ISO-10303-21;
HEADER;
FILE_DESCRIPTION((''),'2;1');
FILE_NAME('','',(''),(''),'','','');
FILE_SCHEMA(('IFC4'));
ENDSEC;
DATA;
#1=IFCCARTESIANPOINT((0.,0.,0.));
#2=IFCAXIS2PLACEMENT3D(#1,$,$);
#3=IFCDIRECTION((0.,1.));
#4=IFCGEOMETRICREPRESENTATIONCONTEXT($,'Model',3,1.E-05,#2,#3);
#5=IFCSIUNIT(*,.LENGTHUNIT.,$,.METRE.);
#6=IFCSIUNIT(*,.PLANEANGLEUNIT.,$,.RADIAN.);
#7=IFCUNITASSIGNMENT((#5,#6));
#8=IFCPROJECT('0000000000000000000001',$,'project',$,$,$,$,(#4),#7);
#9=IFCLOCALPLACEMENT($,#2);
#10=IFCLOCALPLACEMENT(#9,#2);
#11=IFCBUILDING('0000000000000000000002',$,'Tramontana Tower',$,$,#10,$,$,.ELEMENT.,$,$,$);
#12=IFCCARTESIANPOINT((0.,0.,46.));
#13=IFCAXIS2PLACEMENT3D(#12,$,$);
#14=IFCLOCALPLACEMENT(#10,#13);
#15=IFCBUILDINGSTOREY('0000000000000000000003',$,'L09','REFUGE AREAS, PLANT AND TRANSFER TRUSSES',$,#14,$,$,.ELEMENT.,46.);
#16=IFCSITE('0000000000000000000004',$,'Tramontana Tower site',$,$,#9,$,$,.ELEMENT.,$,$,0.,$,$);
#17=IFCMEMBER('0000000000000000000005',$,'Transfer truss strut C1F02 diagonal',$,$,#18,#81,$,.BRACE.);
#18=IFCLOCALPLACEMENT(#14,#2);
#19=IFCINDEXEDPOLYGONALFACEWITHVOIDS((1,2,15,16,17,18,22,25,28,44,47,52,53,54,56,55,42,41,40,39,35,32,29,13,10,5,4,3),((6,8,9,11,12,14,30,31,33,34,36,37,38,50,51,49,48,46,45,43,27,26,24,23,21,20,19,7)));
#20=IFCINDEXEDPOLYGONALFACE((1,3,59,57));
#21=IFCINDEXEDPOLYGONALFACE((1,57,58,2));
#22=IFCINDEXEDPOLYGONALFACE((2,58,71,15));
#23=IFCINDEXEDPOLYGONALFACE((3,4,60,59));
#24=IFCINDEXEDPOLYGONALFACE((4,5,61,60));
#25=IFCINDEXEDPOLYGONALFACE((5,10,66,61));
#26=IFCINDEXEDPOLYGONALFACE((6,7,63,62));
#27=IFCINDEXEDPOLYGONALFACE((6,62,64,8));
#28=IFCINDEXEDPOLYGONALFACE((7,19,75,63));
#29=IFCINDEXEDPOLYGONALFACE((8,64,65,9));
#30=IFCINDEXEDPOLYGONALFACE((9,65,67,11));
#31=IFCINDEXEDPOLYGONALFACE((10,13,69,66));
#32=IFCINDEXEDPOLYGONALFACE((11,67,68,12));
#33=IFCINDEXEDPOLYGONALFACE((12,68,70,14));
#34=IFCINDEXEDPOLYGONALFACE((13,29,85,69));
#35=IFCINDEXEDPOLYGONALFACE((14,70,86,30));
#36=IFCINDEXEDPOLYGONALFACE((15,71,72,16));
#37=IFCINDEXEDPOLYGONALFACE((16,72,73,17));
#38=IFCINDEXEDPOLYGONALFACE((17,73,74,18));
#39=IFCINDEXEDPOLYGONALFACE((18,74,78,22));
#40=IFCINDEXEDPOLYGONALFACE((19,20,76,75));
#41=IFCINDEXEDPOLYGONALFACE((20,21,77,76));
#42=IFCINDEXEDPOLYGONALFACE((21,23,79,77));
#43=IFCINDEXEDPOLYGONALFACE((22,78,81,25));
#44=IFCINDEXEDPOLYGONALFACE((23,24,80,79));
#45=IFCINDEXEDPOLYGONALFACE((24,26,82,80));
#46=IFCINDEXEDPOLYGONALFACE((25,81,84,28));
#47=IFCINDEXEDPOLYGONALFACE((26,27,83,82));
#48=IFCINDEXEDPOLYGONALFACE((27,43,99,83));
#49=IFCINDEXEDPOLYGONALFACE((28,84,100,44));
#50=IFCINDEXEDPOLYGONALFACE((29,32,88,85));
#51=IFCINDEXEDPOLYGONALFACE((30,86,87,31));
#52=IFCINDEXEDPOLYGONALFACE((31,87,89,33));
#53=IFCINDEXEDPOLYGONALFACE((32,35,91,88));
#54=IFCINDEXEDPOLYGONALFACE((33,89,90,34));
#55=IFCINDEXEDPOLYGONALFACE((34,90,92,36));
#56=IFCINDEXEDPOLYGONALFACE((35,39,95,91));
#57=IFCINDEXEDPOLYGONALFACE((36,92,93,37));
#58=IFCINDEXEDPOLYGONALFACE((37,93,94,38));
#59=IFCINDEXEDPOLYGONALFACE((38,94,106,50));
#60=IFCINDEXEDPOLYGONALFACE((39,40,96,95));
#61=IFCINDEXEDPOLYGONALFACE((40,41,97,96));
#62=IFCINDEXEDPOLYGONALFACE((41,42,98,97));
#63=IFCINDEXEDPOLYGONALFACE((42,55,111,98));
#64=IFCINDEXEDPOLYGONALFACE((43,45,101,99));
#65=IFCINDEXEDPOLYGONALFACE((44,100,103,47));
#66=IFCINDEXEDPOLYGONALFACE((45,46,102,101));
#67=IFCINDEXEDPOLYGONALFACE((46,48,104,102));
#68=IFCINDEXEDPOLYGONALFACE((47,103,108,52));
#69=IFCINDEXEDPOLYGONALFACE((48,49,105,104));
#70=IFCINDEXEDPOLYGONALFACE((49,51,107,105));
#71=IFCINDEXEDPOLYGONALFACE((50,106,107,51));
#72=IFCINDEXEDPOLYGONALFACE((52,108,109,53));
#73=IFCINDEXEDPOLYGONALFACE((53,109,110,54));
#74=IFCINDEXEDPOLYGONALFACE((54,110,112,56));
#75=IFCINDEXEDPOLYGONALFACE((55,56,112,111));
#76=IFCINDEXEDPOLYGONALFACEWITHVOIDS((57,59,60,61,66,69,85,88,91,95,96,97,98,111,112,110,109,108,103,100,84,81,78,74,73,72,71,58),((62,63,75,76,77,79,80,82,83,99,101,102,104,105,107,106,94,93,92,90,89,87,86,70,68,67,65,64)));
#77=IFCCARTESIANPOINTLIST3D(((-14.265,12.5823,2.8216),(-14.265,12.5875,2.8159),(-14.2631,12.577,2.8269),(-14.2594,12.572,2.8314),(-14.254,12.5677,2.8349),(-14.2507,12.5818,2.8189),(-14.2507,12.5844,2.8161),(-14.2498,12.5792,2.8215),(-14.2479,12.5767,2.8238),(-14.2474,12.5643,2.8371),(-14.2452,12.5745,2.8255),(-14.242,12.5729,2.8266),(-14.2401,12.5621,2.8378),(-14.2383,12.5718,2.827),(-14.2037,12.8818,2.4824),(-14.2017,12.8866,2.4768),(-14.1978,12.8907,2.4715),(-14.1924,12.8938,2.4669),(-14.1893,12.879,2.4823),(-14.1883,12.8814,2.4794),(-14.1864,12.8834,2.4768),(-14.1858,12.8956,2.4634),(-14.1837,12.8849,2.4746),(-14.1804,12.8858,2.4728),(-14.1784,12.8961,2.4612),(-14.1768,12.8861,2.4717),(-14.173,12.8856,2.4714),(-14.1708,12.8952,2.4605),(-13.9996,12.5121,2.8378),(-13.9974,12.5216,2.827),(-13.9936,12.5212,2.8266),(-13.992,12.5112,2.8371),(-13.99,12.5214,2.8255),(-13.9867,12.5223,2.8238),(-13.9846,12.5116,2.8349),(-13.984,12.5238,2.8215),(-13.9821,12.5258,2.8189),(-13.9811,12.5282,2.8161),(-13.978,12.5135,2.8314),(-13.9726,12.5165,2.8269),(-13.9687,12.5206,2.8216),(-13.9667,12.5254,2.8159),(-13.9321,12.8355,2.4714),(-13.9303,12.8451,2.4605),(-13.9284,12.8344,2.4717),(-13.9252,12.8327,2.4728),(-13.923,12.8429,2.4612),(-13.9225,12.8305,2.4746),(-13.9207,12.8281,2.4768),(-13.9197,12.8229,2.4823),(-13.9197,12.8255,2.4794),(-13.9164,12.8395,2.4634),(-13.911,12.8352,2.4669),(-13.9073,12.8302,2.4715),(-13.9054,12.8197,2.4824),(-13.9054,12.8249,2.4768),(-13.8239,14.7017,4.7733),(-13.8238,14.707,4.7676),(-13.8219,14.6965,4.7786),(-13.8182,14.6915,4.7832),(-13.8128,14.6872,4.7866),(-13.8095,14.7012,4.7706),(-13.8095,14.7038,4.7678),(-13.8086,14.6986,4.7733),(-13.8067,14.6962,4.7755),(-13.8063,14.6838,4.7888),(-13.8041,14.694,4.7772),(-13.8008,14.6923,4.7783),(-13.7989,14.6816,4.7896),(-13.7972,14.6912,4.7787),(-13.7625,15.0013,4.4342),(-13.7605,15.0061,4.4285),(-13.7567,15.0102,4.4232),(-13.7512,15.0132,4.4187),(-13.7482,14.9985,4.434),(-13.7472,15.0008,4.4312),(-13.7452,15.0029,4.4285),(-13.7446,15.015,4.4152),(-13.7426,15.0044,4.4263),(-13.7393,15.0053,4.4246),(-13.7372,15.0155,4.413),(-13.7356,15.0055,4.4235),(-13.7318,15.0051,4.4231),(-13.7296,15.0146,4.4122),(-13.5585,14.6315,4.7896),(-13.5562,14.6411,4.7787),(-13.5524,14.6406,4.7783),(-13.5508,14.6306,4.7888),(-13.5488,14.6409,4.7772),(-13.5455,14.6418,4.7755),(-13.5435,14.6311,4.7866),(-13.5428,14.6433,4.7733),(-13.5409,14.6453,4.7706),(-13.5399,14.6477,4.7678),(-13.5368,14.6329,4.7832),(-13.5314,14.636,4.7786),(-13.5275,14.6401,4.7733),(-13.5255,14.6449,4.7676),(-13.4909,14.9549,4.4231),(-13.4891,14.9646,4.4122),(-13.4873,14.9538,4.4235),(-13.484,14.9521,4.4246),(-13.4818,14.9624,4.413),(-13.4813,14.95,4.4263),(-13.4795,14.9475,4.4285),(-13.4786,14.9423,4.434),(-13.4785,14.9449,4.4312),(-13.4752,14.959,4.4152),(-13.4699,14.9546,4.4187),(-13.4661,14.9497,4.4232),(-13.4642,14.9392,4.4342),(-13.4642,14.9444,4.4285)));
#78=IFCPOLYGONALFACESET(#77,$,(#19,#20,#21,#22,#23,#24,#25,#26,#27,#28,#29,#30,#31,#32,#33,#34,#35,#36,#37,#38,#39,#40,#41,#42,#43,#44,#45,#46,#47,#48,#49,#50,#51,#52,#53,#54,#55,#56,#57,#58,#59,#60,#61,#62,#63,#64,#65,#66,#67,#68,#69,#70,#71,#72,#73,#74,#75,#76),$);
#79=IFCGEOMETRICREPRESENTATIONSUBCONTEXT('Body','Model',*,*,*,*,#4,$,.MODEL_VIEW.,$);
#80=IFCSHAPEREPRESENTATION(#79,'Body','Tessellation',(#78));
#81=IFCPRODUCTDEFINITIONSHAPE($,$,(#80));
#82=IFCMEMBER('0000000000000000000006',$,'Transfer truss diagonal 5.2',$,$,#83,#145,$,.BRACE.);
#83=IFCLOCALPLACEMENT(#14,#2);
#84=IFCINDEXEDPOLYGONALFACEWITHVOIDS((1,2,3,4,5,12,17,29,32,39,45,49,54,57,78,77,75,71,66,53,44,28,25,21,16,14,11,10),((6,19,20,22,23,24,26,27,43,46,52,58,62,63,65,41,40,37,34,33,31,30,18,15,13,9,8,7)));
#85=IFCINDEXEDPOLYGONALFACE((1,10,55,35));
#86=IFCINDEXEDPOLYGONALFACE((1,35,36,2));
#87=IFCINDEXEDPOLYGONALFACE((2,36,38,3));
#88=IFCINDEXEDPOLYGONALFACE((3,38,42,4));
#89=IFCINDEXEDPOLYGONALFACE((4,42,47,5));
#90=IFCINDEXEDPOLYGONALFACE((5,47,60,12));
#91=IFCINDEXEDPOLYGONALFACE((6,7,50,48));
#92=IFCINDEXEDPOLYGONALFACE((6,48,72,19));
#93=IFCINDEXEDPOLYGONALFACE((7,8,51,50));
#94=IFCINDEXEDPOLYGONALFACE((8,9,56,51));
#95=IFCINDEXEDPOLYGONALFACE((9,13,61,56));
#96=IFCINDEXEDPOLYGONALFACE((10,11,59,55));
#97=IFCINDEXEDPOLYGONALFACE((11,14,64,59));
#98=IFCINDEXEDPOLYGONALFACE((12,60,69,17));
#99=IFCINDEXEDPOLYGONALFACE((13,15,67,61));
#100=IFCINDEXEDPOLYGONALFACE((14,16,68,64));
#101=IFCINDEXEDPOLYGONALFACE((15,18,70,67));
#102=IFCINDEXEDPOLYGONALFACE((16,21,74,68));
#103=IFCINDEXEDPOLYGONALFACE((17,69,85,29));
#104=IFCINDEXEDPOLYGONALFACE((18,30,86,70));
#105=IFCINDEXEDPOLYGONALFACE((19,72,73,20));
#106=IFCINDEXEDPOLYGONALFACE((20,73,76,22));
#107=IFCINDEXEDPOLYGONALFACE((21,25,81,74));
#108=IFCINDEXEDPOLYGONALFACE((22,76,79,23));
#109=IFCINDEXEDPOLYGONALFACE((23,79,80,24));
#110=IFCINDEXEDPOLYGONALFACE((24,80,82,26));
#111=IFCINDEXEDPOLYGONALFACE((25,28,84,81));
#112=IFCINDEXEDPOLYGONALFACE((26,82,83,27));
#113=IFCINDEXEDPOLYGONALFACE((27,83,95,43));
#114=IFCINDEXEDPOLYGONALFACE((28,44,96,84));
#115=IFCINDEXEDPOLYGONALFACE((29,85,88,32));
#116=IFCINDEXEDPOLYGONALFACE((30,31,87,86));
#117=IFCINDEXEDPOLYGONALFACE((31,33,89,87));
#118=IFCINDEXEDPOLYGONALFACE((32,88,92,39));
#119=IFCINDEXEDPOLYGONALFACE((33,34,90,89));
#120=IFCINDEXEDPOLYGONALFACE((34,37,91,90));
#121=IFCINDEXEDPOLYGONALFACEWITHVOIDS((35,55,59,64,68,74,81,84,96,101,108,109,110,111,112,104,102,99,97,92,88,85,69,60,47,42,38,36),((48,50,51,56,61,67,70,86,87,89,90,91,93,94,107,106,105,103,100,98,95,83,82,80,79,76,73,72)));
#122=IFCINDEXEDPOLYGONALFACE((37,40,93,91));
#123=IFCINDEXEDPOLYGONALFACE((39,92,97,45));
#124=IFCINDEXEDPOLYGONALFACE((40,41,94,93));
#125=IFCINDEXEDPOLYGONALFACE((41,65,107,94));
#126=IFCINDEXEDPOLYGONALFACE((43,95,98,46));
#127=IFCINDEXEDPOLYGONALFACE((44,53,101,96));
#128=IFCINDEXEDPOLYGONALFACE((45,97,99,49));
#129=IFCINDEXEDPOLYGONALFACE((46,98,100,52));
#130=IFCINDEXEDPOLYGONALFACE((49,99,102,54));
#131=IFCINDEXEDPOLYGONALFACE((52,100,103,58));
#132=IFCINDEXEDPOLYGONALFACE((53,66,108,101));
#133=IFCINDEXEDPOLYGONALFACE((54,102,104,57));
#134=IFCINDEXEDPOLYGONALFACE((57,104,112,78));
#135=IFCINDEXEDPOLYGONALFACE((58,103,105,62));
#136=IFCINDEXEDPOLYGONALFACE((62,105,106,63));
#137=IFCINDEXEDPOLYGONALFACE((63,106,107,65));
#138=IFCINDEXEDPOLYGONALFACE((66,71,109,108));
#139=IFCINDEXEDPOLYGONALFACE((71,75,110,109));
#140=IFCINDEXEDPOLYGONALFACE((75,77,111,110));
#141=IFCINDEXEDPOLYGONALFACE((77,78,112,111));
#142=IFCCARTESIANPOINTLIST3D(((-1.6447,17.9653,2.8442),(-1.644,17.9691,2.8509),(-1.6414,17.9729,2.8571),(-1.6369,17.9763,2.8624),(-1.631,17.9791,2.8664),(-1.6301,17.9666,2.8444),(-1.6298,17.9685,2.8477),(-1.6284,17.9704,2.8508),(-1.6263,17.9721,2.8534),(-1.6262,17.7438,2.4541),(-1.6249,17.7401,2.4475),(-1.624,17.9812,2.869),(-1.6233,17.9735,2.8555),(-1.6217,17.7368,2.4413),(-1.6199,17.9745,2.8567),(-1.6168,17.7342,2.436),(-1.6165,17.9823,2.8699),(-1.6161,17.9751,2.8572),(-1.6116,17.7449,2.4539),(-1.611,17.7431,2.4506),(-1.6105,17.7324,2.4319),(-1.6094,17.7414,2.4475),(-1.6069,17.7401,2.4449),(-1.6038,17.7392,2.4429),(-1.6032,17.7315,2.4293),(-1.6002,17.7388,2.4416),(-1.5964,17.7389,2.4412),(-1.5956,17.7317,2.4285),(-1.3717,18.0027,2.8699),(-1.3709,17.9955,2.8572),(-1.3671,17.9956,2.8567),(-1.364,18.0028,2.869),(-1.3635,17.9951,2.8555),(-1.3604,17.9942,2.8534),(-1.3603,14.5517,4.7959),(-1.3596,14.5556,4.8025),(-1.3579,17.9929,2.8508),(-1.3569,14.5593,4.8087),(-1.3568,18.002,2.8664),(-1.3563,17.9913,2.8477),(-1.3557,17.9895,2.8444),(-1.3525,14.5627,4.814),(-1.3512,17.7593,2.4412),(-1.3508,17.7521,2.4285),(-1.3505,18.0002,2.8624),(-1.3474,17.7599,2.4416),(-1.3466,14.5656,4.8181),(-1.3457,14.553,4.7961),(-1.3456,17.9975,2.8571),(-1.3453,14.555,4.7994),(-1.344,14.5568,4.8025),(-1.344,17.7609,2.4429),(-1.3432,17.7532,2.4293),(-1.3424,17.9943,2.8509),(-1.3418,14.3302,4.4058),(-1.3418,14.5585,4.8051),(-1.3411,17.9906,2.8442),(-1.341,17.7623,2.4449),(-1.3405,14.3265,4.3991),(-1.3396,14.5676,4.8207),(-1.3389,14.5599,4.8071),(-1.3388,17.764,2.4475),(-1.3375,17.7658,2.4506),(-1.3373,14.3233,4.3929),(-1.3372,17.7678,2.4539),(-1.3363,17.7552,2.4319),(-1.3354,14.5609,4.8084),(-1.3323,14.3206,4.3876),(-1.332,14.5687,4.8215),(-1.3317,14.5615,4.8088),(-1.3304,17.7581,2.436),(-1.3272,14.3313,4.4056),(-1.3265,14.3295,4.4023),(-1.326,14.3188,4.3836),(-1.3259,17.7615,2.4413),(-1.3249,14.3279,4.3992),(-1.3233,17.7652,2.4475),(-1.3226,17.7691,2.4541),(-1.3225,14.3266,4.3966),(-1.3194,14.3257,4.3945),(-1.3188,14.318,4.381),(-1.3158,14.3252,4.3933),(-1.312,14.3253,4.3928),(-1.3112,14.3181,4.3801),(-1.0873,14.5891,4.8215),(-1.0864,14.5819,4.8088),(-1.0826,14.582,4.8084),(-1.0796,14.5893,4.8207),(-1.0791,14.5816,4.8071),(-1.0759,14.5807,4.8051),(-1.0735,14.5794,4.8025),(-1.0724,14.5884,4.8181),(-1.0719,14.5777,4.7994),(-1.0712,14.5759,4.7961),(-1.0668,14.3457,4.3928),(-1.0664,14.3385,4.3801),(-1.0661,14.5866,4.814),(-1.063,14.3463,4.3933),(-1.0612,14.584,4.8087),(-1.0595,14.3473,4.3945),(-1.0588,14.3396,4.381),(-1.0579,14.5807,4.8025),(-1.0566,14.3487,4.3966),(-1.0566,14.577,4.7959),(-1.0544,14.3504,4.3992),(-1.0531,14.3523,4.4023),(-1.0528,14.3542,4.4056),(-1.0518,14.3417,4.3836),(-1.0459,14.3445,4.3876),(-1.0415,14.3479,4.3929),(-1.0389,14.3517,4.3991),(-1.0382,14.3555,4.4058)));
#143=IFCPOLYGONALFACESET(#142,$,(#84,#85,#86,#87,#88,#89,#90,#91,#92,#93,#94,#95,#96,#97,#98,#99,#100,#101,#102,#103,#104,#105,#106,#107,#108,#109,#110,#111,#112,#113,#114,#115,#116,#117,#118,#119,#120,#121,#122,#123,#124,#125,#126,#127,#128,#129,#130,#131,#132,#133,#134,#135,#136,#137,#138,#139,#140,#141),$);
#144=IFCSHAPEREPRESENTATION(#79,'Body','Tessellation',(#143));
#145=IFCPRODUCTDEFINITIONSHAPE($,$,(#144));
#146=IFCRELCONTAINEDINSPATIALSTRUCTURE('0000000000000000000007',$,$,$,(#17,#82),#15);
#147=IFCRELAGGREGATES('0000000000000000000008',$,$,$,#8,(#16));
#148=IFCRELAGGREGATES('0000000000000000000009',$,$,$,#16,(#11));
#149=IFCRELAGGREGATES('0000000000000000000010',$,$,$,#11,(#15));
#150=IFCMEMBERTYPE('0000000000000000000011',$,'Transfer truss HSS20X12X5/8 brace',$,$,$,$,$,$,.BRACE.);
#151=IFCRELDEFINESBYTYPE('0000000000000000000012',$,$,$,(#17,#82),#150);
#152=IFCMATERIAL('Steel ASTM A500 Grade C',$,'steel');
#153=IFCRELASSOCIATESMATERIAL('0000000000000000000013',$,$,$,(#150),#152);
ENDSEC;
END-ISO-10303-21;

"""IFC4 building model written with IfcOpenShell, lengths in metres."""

from ifc_helpers import new_model, si_unit, direction, frame, origin, origin_2d, place, context, subcontext, project, spatial, hollow_rectangle, extrude, material, material_profile, profile_set, type_object, element, save


model = new_model("IFC4")

# Units and contexts
model_context = context("Model", 3, precision=1e-05, world=origin(), true_north=direction((0.0, 1.0)))
body_context = subcontext(model_context, "Body", "Model", "MODEL_VIEW")
ifc_project = project(units=[si_unit("LENGTHUNIT", "METRE"), si_unit("PLANEANGLEUNIT", "RADIAN")], contexts=[model_context])

# Site, building, storey
site_placement = place(None, origin())
site = spatial("IfcSite", under=ifc_project, at=site_placement, Name="Tramontana Tower site", CompositionType="ELEMENT", RefElevation=0.0)
building_placement = place(site_placement, origin())
building = spatial("IfcBuilding", under=site, at=building_placement, Name="Tramontana Tower", CompositionType="ELEMENT")
storey_placement = place(building_placement, frame((0.0, 0.0, 46.0)))
storey = spatial("IfcBuildingStorey", under=building, at=storey_placement, Name="L09", Description="REFUGE AREAS, PLANT AND TRANSFER TRUSSES", CompositionType="ELEMENT", Elevation=46.0)

# Members
ifc_material_1 = material(Name="Steel ASTM A500 Grade C", Category="steel")
ifc_material_profile_1 = material_profile(ifc_material_1, hollow_rectangle(XDim=0.3047, YDim=0.5081, WallThickness=0.0146, InnerFilletRadius=0.0146, OuterFilletRadius=0.0295, at=origin_2d()), Name="HSS20X12X5/8")
ifc_profile_set_1 = profile_set([ifc_material_profile_1], Name="Steel ASTM A500 Grade C")
member_type_1 = type_object("IfcMemberType", Name="Transfer truss HSS20X12X5/8 brace", PredefinedType="BRACE", material=ifc_profile_set_1)
member_1_placement = place(storey_placement, frame((-14.0852, 12.7036, 2.6492), z_axis=(0.151358, 0.72714, 0.669595), x_axis=(-0.979015, 0.203788, 0.0)))
element("IfcMember", 1, at=member_1_placement, inside=storey, type_object=member_type_1, Name="Transfer truss strut C1F02 diagonal", PredefinedType="BRACE", context=body_context, shape_type="SweptSolid", body=[
    extrude(hollow_rectangle(XDim=0.3047, YDim=0.5081, WallThickness=0.0146, InnerFilletRadius=0.0146, OuterFilletRadius=0.0295, at=origin_2d()), origin(), (0.0, 0.0, 1.0), 2.9148),
])
member_2_placement = place(storey_placement, frame((-1.1992, 14.4536, 4.6008), z_axis=(-0.072145, 0.865866, -0.495046), x_axis=(-0.996547, -0.083034, 0.0)))
element("IfcMember", 2, at=member_2_placement, inside=storey, type_object=member_type_1, Name="Transfer truss diagonal 5.2", PredefinedType="BRACE", context=body_context, shape_type="SweptSolid", body=[
    extrude(hollow_rectangle(XDim=0.3047, YDim=0.5081, WallThickness=0.0146, InnerFilletRadius=0.0146, OuterFilletRadius=0.0295, at=origin_2d()), origin(), (0.0, 0.0, 1.0), 3.9424),
])

save(model, "model.ifc")
